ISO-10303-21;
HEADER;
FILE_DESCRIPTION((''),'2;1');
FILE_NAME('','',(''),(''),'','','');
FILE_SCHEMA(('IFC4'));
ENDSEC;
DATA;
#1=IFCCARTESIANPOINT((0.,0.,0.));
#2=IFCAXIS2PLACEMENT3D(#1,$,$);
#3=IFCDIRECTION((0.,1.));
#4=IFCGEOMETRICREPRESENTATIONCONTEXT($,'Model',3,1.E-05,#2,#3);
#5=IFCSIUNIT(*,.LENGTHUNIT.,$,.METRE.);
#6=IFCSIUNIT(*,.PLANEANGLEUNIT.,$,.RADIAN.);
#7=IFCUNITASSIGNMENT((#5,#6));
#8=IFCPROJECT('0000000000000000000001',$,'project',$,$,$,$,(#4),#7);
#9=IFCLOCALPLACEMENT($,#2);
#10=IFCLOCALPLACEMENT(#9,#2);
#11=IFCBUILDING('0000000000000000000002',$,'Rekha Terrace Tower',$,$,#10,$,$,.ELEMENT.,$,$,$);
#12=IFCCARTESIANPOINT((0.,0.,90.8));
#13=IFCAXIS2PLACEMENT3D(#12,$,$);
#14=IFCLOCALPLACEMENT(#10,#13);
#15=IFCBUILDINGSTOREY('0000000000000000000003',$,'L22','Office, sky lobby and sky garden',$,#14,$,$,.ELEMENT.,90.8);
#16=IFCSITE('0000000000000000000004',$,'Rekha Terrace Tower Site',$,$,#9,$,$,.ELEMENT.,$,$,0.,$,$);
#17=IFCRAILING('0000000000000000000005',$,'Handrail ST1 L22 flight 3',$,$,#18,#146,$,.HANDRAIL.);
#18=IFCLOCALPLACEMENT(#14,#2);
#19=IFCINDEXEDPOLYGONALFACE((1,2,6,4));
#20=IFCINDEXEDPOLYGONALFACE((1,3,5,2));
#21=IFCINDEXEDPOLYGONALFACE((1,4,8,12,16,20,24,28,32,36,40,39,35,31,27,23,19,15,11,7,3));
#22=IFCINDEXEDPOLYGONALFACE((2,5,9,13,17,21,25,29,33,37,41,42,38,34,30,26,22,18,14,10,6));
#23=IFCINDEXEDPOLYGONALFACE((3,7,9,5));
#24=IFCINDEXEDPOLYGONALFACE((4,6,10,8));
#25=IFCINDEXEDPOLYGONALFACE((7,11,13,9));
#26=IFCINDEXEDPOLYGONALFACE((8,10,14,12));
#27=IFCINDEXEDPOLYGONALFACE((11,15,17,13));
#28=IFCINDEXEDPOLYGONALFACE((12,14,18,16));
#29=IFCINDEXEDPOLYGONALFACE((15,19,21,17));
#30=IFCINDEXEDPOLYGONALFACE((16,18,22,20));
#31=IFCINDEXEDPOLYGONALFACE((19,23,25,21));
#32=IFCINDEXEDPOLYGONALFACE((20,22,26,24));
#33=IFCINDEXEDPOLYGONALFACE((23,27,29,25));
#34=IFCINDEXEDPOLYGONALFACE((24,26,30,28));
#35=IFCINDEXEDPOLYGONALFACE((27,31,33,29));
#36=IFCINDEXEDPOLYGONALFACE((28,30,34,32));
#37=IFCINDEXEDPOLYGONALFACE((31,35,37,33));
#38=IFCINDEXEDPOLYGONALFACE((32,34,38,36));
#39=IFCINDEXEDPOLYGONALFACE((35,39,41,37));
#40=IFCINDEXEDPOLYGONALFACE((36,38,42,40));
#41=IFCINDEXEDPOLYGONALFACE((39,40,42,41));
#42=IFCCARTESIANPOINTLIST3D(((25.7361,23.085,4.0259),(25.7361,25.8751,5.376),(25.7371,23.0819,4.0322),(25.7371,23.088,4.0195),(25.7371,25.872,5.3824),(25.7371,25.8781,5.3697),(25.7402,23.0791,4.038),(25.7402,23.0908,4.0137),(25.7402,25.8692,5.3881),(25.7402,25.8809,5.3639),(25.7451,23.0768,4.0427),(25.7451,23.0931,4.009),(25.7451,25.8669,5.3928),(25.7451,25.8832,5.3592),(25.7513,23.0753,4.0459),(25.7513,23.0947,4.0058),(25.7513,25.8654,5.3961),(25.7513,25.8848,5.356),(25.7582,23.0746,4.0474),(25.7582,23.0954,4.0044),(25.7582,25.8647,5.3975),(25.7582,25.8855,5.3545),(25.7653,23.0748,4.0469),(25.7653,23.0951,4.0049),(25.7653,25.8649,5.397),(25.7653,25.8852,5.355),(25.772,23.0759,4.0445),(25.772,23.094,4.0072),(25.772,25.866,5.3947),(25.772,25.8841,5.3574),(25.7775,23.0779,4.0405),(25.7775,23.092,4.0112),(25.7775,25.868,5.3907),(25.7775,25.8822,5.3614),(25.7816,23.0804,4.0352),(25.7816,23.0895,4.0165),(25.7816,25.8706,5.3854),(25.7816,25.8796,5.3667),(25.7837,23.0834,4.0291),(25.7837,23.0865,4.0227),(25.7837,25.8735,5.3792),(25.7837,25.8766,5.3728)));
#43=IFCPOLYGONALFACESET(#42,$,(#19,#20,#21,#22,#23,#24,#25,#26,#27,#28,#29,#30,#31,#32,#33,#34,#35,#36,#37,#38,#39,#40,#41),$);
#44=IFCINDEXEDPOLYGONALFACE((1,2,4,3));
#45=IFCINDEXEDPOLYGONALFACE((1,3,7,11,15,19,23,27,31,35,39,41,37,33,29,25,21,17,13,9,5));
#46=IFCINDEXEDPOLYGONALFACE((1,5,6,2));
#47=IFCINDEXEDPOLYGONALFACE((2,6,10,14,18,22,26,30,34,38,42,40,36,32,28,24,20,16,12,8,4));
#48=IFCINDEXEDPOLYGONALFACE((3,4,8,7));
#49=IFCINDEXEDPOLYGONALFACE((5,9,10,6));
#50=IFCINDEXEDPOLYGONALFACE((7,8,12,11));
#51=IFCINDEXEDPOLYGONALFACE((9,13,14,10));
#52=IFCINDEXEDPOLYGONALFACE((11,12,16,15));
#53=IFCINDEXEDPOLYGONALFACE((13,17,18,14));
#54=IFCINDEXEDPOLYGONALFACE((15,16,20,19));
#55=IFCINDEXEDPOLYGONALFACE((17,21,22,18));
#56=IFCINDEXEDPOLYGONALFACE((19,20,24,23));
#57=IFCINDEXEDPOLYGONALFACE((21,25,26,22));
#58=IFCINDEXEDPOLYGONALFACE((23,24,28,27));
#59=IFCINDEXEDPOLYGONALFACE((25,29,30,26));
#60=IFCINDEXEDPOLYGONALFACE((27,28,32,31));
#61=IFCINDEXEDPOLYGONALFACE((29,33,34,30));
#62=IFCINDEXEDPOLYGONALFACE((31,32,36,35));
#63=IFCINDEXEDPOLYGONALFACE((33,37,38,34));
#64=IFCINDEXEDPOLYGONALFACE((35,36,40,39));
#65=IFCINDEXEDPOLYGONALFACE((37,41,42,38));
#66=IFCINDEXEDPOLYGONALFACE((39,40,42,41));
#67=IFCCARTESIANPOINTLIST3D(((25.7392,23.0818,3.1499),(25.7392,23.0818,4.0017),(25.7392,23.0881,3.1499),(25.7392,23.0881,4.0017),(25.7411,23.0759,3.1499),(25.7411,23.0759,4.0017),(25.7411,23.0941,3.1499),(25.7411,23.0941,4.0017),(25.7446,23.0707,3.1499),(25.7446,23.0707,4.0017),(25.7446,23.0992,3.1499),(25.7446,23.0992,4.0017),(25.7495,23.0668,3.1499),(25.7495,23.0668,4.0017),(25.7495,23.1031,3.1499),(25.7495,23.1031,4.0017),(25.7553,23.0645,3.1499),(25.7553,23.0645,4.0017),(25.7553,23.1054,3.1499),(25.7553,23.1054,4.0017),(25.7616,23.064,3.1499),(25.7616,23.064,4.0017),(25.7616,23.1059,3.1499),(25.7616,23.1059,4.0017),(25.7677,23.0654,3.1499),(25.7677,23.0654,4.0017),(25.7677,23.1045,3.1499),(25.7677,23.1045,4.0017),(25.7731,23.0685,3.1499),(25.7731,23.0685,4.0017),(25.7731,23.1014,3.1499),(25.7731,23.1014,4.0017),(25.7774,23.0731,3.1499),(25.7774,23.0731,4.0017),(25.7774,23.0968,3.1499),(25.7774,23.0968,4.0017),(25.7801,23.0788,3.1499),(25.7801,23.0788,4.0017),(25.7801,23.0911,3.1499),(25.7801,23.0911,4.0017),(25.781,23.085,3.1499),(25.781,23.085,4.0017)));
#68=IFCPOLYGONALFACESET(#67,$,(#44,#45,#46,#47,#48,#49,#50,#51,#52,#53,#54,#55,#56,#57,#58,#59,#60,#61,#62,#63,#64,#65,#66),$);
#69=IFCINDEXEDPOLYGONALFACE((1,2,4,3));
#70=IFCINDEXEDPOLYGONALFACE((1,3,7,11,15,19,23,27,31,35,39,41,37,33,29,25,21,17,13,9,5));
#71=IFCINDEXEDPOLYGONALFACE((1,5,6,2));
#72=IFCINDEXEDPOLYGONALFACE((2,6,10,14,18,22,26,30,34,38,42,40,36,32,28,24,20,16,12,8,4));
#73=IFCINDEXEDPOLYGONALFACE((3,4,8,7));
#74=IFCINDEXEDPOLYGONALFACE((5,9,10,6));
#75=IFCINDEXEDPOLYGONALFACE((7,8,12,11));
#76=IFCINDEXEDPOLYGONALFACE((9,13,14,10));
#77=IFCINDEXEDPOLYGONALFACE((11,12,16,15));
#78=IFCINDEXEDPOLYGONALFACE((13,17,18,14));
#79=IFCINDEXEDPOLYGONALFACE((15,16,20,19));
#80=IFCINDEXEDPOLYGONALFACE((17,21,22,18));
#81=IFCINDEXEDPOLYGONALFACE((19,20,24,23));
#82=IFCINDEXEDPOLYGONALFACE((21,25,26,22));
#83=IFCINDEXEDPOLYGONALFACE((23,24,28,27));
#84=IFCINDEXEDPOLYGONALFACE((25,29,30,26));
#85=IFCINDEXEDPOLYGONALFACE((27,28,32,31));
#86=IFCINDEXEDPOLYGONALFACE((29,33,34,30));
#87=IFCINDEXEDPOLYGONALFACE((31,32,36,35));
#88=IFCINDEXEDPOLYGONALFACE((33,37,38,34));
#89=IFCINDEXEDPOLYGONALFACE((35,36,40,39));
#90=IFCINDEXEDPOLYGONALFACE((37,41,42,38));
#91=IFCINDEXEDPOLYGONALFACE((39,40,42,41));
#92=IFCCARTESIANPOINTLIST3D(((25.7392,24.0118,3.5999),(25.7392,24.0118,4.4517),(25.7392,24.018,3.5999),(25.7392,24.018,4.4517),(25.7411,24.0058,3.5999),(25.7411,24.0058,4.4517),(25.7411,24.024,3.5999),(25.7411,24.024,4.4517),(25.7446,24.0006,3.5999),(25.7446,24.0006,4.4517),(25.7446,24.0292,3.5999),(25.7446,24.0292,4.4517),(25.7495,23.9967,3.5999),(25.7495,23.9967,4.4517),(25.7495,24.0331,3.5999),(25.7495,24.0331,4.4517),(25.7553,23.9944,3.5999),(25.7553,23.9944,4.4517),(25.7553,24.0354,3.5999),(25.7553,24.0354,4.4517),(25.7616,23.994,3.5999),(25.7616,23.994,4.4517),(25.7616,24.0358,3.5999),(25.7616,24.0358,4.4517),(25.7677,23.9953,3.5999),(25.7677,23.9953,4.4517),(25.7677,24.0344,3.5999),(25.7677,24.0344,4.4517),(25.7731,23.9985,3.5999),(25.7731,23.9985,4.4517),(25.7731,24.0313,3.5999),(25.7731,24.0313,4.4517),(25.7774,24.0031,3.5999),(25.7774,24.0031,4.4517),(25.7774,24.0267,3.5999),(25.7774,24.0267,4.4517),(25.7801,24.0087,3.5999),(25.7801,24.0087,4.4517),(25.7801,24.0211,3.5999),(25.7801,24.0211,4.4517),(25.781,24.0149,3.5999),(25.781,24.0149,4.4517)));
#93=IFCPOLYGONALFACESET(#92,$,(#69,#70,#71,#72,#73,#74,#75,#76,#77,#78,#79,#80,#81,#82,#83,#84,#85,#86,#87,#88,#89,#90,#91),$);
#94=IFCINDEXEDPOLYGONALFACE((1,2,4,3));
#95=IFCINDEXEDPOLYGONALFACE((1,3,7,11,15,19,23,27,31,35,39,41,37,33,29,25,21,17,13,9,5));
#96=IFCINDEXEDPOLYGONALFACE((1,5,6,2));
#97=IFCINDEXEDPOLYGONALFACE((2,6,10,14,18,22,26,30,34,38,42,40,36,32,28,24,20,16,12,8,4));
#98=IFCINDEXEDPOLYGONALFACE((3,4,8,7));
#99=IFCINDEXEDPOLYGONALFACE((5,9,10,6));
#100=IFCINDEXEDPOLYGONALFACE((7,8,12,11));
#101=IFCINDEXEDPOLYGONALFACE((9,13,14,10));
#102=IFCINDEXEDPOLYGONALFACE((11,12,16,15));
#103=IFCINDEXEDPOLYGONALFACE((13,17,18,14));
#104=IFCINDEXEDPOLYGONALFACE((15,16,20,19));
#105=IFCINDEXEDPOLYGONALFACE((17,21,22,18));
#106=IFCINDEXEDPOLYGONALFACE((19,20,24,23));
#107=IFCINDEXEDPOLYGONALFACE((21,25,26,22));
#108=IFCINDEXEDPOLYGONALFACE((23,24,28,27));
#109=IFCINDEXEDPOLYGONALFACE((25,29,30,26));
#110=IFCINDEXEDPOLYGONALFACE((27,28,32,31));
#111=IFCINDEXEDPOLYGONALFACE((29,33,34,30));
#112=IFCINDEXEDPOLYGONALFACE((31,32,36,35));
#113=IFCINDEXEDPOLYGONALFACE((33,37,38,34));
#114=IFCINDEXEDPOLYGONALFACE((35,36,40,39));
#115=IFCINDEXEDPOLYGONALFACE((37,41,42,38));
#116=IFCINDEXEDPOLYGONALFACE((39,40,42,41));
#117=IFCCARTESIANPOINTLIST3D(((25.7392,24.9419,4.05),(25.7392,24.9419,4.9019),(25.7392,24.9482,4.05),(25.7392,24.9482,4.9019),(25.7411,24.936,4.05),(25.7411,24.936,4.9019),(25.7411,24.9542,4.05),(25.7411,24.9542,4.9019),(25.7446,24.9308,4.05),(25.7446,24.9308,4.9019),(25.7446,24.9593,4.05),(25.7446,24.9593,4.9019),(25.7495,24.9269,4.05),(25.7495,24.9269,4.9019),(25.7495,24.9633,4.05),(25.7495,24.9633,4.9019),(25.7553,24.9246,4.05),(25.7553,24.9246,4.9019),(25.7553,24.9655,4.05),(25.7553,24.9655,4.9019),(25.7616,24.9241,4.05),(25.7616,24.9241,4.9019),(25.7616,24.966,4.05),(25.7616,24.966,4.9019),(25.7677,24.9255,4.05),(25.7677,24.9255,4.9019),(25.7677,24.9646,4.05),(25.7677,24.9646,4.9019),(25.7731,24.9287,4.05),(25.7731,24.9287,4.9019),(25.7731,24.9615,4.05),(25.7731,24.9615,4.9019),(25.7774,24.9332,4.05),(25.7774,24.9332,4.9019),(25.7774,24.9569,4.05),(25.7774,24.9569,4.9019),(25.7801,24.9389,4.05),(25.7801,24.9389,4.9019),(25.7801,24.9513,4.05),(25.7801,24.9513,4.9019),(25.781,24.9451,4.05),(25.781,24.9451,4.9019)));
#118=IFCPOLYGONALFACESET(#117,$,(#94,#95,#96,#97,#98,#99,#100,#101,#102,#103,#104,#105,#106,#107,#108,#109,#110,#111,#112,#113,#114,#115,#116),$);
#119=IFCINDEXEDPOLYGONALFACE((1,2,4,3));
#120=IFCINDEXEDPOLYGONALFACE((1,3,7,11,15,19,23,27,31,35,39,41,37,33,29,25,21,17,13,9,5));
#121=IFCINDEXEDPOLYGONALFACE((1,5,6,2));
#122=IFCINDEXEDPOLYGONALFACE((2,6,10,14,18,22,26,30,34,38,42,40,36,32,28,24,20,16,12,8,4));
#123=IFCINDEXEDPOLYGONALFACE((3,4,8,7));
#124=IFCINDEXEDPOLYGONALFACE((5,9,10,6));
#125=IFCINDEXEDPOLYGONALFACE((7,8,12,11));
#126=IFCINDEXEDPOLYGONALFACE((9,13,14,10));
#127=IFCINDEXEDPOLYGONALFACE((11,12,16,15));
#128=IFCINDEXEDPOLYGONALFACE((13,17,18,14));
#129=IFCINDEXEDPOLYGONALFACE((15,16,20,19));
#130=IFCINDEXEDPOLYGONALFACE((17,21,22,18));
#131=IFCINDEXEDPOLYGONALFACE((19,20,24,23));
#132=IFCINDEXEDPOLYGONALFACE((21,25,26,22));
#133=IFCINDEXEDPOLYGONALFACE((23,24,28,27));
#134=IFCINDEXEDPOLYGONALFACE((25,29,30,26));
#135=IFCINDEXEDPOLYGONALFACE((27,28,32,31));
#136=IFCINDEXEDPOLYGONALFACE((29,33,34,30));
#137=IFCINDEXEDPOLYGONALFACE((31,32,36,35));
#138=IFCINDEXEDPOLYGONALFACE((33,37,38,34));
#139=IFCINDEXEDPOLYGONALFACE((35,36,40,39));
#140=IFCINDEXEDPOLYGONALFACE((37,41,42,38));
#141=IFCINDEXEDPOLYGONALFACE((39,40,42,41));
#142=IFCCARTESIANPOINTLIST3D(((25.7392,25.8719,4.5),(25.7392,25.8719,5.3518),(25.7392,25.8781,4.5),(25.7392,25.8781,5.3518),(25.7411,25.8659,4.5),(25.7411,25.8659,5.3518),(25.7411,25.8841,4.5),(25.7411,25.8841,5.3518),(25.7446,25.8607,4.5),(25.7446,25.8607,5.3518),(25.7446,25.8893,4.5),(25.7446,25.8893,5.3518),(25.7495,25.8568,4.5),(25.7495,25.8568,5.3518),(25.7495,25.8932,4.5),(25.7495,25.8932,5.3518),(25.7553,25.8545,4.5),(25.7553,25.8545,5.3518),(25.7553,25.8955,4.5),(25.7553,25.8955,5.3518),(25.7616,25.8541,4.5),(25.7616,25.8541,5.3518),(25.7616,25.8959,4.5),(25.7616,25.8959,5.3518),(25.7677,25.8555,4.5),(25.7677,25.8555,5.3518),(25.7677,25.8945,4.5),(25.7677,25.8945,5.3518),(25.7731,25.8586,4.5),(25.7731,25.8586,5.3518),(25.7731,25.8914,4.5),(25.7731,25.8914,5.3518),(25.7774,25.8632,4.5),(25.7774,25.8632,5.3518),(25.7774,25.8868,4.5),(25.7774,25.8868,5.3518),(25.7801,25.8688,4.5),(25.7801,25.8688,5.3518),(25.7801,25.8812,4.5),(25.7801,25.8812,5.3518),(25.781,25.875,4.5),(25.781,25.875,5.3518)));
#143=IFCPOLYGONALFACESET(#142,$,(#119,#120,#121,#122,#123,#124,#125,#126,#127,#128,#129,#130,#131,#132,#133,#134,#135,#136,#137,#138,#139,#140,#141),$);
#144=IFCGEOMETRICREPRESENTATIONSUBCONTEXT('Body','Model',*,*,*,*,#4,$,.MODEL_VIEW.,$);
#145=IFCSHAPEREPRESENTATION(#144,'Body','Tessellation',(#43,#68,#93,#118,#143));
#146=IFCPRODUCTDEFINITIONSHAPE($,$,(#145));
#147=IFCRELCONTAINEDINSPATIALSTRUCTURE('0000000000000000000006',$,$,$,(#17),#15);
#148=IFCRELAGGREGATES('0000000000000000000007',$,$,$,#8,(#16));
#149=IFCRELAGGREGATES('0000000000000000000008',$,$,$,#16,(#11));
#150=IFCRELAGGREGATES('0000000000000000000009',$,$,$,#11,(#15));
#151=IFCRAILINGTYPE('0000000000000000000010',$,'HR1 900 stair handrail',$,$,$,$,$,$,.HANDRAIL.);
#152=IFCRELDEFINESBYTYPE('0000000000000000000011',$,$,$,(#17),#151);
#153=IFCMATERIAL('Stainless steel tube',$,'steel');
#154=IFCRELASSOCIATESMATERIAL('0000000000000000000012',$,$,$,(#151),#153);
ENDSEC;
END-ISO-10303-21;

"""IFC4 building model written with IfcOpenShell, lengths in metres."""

from ifc_helpers import new_model, si_unit, direction, frame, origin, origin_2d, place, context, subcontext, project, spatial, circle, extrude, material, type_object, element, save


model = new_model("IFC4")

# Units and contexts
model_context = context("Model", 3, precision=1e-05, world=origin(), true_north=direction((0.0, 1.0)))
body_context = subcontext(model_context, "Body", "Model", "MODEL_VIEW")
ifc_project = project(units=[si_unit("LENGTHUNIT", "METRE"), si_unit("PLANEANGLEUNIT", "RADIAN")], contexts=[model_context])

# Site, building, storey
site_placement = place(None, origin())
site = spatial("IfcSite", under=ifc_project, at=site_placement, Name="Rekha Terrace Tower Site", CompositionType="ELEMENT", RefElevation=0.0)
building_placement = place(site_placement, origin())
building = spatial("IfcBuilding", under=site, at=building_placement, Name="Rekha Terrace Tower", CompositionType="ELEMENT")
storey_placement = place(building_placement, frame((0.0, 0.0, 90.8)))
storey = spatial("IfcBuildingStorey", under=building, at=storey_placement, Name="L22", Description="Office, sky lobby and sky garden", CompositionType="ELEMENT", Elevation=90.8)

# Railing
ifc_material_1 = material(Name="Stainless steel tube", Category="steel")
railing_type = type_object("IfcRailingType", Name="HR1 900 stair handrail", PredefinedType="HANDRAIL", material=ifc_material_1)
railing_placement = place(storey_placement, frame((25.76, 23.085, 3.1499)))
element("IfcRailing", 1, at=railing_placement, inside=storey, type_object=railing_type, Name="Handrail ST1 L22 flight 3", PredefinedType="HANDRAIL", context=body_context, shape_type="SweptSolid", body=[
    extrude(circle(Radius=0.0239, at=origin_2d()), frame((0.0, 0.0, 0.876), z_axis=(0.0, 0.900149, 0.435582), x_axis=(-1.0, 0.0, 0.0)), (0.0, 0.0, 1.0), 3.0996),
    extrude(circle(Radius=0.021, at=origin_2d()), origin(), (0.0, 0.0, 1.0), 0.8518),
    extrude(circle(Radius=0.021, at=origin_2d()), frame((0.0, 0.9299, 0.45)), (0.0, 0.0, 1.0), 0.8518),
    extrude(circle(Radius=0.021, at=origin_2d()), frame((0.0, 1.8601, 0.9001)), (0.0, 0.0, 1.0), 0.8518),
    extrude(circle(Radius=0.021, at=origin_2d()), frame((0.0, 2.79, 1.3501)), (0.0, 0.0, 1.0), 0.8518),
])

save(model, "model.ifc")
